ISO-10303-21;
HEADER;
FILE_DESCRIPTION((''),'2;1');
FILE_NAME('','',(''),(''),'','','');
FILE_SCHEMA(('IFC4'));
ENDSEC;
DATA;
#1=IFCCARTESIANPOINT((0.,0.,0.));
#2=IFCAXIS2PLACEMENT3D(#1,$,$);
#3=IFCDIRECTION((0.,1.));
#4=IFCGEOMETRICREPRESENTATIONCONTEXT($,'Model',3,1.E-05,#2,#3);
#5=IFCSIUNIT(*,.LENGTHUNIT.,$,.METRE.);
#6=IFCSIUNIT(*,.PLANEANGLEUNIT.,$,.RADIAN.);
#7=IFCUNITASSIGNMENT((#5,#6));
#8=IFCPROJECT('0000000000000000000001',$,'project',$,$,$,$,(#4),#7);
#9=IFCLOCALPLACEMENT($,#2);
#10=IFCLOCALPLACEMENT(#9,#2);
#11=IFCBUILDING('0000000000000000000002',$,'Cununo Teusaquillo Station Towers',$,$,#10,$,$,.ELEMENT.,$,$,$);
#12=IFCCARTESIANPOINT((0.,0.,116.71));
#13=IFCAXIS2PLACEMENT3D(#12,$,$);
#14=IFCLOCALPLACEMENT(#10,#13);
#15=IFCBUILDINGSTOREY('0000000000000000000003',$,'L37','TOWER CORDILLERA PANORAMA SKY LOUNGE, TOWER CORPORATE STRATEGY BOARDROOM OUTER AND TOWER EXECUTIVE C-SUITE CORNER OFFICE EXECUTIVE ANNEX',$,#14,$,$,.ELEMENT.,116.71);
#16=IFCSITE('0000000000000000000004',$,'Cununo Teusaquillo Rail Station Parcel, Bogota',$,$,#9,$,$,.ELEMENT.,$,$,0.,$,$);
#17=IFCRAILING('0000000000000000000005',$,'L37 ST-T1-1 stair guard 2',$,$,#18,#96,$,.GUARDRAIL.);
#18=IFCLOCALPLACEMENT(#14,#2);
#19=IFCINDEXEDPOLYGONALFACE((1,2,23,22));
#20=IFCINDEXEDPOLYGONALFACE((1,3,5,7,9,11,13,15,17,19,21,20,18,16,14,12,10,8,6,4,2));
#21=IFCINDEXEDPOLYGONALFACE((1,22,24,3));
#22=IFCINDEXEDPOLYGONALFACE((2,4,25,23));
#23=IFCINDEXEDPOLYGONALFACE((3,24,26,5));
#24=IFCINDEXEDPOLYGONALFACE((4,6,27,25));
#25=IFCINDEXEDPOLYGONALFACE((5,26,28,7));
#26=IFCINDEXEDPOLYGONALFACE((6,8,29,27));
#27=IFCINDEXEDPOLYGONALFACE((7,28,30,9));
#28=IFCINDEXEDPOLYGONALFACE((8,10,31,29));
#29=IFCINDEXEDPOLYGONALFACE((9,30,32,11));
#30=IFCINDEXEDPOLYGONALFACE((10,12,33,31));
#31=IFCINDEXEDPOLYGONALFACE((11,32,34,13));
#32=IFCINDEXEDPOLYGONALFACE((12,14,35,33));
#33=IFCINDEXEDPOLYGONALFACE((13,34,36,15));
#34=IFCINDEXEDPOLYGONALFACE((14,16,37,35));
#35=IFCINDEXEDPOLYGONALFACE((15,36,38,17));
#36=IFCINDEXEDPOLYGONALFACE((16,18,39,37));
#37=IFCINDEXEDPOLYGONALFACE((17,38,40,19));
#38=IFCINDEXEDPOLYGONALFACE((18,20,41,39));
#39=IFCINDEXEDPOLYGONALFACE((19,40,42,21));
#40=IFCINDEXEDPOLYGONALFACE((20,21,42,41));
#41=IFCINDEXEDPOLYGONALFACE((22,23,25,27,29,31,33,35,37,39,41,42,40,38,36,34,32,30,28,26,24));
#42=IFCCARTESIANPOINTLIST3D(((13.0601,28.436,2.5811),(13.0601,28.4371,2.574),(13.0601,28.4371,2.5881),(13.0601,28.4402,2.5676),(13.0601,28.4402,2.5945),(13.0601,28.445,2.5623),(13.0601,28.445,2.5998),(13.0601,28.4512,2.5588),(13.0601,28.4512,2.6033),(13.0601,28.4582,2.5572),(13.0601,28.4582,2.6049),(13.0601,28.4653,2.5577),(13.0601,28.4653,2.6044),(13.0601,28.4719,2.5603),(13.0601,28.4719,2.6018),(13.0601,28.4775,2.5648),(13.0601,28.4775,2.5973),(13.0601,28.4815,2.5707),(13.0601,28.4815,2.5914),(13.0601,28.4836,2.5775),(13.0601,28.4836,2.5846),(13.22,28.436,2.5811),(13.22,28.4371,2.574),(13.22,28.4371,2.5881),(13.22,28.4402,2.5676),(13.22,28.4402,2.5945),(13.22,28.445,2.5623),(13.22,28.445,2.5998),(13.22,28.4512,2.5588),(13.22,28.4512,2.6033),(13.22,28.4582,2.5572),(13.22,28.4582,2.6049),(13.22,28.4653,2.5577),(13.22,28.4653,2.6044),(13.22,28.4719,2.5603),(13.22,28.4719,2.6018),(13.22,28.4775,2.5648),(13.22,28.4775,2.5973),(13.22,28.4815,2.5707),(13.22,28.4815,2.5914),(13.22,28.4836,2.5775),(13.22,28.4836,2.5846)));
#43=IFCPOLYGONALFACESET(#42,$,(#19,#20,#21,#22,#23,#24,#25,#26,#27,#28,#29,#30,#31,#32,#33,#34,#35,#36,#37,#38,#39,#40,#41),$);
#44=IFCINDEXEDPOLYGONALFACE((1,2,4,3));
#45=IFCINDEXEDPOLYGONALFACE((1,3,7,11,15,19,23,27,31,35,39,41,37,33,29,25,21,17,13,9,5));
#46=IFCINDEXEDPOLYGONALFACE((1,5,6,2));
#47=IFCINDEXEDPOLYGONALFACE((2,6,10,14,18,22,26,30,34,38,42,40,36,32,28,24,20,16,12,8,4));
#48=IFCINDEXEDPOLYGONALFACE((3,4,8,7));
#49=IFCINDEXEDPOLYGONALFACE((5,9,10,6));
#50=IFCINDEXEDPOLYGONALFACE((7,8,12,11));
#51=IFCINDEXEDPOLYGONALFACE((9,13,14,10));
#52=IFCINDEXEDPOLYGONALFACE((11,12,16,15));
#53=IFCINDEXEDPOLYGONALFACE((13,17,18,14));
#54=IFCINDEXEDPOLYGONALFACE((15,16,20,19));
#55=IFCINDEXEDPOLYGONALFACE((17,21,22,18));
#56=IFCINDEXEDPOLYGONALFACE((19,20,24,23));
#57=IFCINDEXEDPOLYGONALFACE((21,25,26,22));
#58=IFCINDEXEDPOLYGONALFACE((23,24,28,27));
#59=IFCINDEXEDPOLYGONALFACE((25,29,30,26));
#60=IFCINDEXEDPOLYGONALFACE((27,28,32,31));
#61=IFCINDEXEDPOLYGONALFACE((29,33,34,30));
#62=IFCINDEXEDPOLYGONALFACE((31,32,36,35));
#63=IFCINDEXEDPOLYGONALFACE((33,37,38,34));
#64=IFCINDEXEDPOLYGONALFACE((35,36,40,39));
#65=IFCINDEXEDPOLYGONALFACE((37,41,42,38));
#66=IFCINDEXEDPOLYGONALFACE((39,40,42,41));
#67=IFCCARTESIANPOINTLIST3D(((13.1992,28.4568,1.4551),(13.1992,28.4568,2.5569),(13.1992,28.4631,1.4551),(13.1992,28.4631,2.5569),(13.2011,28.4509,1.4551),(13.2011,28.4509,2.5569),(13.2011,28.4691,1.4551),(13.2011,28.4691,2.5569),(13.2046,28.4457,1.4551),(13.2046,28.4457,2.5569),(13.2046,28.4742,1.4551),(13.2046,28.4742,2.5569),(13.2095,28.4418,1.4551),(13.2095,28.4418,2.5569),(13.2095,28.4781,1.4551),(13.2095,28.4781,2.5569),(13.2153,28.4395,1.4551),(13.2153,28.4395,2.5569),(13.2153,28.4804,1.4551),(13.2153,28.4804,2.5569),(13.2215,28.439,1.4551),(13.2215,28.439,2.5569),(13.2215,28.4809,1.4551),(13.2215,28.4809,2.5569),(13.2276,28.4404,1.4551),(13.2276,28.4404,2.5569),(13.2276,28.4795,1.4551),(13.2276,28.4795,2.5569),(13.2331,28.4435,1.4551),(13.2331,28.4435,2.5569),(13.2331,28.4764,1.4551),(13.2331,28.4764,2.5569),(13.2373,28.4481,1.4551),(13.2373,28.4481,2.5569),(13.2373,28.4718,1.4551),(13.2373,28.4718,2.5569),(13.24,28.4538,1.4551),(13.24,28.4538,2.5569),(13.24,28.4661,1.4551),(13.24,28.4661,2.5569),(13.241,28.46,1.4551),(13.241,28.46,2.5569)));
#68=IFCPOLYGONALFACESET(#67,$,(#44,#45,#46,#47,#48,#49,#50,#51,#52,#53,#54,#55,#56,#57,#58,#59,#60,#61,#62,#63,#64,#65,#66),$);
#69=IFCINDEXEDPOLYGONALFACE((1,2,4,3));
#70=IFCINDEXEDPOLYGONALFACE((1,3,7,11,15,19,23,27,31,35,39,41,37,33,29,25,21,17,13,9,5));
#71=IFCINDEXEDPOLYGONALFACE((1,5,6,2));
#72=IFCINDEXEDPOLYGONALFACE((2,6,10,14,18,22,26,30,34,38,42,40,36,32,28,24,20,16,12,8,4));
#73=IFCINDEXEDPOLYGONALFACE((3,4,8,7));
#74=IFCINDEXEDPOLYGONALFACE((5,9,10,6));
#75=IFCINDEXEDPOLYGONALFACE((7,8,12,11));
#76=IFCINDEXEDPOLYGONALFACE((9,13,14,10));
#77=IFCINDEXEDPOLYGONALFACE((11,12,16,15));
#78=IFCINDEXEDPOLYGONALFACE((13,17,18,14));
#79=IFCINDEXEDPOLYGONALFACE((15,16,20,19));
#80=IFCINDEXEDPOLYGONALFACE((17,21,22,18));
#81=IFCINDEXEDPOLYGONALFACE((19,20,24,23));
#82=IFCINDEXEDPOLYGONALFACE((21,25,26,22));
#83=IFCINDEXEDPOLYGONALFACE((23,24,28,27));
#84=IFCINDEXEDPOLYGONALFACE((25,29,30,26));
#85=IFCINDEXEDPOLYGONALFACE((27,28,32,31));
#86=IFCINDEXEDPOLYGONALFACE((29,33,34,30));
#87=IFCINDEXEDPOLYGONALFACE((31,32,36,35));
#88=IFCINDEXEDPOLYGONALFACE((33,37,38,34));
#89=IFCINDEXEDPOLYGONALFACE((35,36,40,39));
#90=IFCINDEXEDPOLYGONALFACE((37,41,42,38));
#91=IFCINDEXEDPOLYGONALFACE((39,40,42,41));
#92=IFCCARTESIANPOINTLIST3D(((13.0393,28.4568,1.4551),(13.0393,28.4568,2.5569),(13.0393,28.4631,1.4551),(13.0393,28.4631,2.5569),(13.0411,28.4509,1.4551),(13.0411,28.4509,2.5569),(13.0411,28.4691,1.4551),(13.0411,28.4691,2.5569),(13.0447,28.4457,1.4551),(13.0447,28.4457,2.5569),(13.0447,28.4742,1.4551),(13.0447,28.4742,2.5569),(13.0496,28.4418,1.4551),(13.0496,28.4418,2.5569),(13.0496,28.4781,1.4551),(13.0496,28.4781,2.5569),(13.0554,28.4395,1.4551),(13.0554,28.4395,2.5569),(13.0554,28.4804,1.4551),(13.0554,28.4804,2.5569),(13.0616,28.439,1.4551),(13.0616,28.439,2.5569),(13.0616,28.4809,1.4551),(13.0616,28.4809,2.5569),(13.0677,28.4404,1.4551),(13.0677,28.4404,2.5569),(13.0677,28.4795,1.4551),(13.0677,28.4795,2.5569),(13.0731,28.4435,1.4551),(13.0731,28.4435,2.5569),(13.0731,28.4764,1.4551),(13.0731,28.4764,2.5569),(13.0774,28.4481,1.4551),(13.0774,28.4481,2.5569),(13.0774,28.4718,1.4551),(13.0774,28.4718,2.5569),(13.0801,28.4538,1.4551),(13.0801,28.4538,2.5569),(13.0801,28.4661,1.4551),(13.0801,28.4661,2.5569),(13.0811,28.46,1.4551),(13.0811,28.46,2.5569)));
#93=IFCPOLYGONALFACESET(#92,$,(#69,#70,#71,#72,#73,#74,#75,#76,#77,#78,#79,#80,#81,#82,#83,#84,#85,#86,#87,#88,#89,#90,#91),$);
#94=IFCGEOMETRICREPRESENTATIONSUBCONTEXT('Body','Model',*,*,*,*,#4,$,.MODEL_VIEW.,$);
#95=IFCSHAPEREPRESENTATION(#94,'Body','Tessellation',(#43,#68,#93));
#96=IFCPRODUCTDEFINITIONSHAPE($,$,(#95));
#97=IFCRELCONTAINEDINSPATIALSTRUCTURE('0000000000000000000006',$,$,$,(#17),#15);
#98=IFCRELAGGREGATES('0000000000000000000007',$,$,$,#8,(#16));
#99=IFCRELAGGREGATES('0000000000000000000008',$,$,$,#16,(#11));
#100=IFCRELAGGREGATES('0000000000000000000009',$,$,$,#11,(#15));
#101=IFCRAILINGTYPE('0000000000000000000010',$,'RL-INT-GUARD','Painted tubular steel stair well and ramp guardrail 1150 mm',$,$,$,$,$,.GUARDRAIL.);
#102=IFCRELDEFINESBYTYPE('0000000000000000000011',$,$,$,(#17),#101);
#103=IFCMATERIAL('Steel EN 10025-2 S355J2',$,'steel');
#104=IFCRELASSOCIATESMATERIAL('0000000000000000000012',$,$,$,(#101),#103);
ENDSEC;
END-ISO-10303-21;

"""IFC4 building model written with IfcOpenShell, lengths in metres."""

from ifc_helpers import new_model, si_unit, direction, frame, origin, origin_2d, place, context, subcontext, project, spatial, circle, extrude, material, type_object, element, save


model = new_model("IFC4")

# Units and contexts
model_context = context("Model", 3, precision=1e-05, world=origin(), true_north=direction((0.0, 1.0)))
body_context = subcontext(model_context, "Body", "Model", "MODEL_VIEW")
ifc_project = project(units=[si_unit("LENGTHUNIT", "METRE"), si_unit("PLANEANGLEUNIT", "RADIAN")], contexts=[model_context])

# Site, building, storey
site_placement = place(None, origin())
site = spatial("IfcSite", under=ifc_project, at=site_placement, Name="Cununo Teusaquillo Rail Station Parcel, Bogota", CompositionType="ELEMENT", RefElevation=0.0)
building_placement = place(site_placement, origin())
building = spatial("IfcBuilding", under=site, at=building_placement, Name="Cununo Teusaquillo Station Towers", CompositionType="ELEMENT")
storey_placement = place(building_placement, frame((0.0, 0.0, 116.71)))
storey = spatial("IfcBuildingStorey", under=building, at=storey_placement, Name="L37", Description="TOWER CORDILLERA PANORAMA SKY LOUNGE, TOWER CORPORATE STRATEGY BOARDROOM OUTER AND TOWER EXECUTIVE C-SUITE CORNER OFFICE EXECUTIVE ANNEX", CompositionType="ELEMENT", Elevation=116.71)

# Railing
ifc_material_1 = material(Name="Steel EN 10025-2 S355J2", Category="steel")
railing_type_1 = type_object("IfcRailingType", Name="RL-INT-GUARD", Description="Painted tubular steel stair well and ramp guardrail 1150 mm", PredefinedType="GUARDRAIL", material=ifc_material_1)
railing_1_placement = place(storey_placement, frame((13.22, 28.46, 1.4551)))
element("IfcRailing", 1, at=railing_1_placement, inside=storey, type_object=railing_type_1, Name="L37 ST-T1-1 stair guard 2", PredefinedType="GUARDRAIL", context=body_context, shape_type="SweptSolid", body=[
    extrude(circle(Radius=0.0239, at=origin_2d()), frame((0.0, 0.0, 1.126), z_axis=(-1.0, 0.0, 0.0), x_axis=(0.0, -1.0, 0.0)), (0.0, 0.0, 1.0), 0.1599),
    extrude(circle(Radius=0.021, at=origin_2d()), origin(), (0.0, 0.0, 1.0), 1.1018),
    extrude(circle(Radius=0.021, at=origin_2d()), frame((-0.1599, 0.0, 0.0)), (0.0, 0.0, 1.0), 1.1018),
])

save(model, "model.ifc")
